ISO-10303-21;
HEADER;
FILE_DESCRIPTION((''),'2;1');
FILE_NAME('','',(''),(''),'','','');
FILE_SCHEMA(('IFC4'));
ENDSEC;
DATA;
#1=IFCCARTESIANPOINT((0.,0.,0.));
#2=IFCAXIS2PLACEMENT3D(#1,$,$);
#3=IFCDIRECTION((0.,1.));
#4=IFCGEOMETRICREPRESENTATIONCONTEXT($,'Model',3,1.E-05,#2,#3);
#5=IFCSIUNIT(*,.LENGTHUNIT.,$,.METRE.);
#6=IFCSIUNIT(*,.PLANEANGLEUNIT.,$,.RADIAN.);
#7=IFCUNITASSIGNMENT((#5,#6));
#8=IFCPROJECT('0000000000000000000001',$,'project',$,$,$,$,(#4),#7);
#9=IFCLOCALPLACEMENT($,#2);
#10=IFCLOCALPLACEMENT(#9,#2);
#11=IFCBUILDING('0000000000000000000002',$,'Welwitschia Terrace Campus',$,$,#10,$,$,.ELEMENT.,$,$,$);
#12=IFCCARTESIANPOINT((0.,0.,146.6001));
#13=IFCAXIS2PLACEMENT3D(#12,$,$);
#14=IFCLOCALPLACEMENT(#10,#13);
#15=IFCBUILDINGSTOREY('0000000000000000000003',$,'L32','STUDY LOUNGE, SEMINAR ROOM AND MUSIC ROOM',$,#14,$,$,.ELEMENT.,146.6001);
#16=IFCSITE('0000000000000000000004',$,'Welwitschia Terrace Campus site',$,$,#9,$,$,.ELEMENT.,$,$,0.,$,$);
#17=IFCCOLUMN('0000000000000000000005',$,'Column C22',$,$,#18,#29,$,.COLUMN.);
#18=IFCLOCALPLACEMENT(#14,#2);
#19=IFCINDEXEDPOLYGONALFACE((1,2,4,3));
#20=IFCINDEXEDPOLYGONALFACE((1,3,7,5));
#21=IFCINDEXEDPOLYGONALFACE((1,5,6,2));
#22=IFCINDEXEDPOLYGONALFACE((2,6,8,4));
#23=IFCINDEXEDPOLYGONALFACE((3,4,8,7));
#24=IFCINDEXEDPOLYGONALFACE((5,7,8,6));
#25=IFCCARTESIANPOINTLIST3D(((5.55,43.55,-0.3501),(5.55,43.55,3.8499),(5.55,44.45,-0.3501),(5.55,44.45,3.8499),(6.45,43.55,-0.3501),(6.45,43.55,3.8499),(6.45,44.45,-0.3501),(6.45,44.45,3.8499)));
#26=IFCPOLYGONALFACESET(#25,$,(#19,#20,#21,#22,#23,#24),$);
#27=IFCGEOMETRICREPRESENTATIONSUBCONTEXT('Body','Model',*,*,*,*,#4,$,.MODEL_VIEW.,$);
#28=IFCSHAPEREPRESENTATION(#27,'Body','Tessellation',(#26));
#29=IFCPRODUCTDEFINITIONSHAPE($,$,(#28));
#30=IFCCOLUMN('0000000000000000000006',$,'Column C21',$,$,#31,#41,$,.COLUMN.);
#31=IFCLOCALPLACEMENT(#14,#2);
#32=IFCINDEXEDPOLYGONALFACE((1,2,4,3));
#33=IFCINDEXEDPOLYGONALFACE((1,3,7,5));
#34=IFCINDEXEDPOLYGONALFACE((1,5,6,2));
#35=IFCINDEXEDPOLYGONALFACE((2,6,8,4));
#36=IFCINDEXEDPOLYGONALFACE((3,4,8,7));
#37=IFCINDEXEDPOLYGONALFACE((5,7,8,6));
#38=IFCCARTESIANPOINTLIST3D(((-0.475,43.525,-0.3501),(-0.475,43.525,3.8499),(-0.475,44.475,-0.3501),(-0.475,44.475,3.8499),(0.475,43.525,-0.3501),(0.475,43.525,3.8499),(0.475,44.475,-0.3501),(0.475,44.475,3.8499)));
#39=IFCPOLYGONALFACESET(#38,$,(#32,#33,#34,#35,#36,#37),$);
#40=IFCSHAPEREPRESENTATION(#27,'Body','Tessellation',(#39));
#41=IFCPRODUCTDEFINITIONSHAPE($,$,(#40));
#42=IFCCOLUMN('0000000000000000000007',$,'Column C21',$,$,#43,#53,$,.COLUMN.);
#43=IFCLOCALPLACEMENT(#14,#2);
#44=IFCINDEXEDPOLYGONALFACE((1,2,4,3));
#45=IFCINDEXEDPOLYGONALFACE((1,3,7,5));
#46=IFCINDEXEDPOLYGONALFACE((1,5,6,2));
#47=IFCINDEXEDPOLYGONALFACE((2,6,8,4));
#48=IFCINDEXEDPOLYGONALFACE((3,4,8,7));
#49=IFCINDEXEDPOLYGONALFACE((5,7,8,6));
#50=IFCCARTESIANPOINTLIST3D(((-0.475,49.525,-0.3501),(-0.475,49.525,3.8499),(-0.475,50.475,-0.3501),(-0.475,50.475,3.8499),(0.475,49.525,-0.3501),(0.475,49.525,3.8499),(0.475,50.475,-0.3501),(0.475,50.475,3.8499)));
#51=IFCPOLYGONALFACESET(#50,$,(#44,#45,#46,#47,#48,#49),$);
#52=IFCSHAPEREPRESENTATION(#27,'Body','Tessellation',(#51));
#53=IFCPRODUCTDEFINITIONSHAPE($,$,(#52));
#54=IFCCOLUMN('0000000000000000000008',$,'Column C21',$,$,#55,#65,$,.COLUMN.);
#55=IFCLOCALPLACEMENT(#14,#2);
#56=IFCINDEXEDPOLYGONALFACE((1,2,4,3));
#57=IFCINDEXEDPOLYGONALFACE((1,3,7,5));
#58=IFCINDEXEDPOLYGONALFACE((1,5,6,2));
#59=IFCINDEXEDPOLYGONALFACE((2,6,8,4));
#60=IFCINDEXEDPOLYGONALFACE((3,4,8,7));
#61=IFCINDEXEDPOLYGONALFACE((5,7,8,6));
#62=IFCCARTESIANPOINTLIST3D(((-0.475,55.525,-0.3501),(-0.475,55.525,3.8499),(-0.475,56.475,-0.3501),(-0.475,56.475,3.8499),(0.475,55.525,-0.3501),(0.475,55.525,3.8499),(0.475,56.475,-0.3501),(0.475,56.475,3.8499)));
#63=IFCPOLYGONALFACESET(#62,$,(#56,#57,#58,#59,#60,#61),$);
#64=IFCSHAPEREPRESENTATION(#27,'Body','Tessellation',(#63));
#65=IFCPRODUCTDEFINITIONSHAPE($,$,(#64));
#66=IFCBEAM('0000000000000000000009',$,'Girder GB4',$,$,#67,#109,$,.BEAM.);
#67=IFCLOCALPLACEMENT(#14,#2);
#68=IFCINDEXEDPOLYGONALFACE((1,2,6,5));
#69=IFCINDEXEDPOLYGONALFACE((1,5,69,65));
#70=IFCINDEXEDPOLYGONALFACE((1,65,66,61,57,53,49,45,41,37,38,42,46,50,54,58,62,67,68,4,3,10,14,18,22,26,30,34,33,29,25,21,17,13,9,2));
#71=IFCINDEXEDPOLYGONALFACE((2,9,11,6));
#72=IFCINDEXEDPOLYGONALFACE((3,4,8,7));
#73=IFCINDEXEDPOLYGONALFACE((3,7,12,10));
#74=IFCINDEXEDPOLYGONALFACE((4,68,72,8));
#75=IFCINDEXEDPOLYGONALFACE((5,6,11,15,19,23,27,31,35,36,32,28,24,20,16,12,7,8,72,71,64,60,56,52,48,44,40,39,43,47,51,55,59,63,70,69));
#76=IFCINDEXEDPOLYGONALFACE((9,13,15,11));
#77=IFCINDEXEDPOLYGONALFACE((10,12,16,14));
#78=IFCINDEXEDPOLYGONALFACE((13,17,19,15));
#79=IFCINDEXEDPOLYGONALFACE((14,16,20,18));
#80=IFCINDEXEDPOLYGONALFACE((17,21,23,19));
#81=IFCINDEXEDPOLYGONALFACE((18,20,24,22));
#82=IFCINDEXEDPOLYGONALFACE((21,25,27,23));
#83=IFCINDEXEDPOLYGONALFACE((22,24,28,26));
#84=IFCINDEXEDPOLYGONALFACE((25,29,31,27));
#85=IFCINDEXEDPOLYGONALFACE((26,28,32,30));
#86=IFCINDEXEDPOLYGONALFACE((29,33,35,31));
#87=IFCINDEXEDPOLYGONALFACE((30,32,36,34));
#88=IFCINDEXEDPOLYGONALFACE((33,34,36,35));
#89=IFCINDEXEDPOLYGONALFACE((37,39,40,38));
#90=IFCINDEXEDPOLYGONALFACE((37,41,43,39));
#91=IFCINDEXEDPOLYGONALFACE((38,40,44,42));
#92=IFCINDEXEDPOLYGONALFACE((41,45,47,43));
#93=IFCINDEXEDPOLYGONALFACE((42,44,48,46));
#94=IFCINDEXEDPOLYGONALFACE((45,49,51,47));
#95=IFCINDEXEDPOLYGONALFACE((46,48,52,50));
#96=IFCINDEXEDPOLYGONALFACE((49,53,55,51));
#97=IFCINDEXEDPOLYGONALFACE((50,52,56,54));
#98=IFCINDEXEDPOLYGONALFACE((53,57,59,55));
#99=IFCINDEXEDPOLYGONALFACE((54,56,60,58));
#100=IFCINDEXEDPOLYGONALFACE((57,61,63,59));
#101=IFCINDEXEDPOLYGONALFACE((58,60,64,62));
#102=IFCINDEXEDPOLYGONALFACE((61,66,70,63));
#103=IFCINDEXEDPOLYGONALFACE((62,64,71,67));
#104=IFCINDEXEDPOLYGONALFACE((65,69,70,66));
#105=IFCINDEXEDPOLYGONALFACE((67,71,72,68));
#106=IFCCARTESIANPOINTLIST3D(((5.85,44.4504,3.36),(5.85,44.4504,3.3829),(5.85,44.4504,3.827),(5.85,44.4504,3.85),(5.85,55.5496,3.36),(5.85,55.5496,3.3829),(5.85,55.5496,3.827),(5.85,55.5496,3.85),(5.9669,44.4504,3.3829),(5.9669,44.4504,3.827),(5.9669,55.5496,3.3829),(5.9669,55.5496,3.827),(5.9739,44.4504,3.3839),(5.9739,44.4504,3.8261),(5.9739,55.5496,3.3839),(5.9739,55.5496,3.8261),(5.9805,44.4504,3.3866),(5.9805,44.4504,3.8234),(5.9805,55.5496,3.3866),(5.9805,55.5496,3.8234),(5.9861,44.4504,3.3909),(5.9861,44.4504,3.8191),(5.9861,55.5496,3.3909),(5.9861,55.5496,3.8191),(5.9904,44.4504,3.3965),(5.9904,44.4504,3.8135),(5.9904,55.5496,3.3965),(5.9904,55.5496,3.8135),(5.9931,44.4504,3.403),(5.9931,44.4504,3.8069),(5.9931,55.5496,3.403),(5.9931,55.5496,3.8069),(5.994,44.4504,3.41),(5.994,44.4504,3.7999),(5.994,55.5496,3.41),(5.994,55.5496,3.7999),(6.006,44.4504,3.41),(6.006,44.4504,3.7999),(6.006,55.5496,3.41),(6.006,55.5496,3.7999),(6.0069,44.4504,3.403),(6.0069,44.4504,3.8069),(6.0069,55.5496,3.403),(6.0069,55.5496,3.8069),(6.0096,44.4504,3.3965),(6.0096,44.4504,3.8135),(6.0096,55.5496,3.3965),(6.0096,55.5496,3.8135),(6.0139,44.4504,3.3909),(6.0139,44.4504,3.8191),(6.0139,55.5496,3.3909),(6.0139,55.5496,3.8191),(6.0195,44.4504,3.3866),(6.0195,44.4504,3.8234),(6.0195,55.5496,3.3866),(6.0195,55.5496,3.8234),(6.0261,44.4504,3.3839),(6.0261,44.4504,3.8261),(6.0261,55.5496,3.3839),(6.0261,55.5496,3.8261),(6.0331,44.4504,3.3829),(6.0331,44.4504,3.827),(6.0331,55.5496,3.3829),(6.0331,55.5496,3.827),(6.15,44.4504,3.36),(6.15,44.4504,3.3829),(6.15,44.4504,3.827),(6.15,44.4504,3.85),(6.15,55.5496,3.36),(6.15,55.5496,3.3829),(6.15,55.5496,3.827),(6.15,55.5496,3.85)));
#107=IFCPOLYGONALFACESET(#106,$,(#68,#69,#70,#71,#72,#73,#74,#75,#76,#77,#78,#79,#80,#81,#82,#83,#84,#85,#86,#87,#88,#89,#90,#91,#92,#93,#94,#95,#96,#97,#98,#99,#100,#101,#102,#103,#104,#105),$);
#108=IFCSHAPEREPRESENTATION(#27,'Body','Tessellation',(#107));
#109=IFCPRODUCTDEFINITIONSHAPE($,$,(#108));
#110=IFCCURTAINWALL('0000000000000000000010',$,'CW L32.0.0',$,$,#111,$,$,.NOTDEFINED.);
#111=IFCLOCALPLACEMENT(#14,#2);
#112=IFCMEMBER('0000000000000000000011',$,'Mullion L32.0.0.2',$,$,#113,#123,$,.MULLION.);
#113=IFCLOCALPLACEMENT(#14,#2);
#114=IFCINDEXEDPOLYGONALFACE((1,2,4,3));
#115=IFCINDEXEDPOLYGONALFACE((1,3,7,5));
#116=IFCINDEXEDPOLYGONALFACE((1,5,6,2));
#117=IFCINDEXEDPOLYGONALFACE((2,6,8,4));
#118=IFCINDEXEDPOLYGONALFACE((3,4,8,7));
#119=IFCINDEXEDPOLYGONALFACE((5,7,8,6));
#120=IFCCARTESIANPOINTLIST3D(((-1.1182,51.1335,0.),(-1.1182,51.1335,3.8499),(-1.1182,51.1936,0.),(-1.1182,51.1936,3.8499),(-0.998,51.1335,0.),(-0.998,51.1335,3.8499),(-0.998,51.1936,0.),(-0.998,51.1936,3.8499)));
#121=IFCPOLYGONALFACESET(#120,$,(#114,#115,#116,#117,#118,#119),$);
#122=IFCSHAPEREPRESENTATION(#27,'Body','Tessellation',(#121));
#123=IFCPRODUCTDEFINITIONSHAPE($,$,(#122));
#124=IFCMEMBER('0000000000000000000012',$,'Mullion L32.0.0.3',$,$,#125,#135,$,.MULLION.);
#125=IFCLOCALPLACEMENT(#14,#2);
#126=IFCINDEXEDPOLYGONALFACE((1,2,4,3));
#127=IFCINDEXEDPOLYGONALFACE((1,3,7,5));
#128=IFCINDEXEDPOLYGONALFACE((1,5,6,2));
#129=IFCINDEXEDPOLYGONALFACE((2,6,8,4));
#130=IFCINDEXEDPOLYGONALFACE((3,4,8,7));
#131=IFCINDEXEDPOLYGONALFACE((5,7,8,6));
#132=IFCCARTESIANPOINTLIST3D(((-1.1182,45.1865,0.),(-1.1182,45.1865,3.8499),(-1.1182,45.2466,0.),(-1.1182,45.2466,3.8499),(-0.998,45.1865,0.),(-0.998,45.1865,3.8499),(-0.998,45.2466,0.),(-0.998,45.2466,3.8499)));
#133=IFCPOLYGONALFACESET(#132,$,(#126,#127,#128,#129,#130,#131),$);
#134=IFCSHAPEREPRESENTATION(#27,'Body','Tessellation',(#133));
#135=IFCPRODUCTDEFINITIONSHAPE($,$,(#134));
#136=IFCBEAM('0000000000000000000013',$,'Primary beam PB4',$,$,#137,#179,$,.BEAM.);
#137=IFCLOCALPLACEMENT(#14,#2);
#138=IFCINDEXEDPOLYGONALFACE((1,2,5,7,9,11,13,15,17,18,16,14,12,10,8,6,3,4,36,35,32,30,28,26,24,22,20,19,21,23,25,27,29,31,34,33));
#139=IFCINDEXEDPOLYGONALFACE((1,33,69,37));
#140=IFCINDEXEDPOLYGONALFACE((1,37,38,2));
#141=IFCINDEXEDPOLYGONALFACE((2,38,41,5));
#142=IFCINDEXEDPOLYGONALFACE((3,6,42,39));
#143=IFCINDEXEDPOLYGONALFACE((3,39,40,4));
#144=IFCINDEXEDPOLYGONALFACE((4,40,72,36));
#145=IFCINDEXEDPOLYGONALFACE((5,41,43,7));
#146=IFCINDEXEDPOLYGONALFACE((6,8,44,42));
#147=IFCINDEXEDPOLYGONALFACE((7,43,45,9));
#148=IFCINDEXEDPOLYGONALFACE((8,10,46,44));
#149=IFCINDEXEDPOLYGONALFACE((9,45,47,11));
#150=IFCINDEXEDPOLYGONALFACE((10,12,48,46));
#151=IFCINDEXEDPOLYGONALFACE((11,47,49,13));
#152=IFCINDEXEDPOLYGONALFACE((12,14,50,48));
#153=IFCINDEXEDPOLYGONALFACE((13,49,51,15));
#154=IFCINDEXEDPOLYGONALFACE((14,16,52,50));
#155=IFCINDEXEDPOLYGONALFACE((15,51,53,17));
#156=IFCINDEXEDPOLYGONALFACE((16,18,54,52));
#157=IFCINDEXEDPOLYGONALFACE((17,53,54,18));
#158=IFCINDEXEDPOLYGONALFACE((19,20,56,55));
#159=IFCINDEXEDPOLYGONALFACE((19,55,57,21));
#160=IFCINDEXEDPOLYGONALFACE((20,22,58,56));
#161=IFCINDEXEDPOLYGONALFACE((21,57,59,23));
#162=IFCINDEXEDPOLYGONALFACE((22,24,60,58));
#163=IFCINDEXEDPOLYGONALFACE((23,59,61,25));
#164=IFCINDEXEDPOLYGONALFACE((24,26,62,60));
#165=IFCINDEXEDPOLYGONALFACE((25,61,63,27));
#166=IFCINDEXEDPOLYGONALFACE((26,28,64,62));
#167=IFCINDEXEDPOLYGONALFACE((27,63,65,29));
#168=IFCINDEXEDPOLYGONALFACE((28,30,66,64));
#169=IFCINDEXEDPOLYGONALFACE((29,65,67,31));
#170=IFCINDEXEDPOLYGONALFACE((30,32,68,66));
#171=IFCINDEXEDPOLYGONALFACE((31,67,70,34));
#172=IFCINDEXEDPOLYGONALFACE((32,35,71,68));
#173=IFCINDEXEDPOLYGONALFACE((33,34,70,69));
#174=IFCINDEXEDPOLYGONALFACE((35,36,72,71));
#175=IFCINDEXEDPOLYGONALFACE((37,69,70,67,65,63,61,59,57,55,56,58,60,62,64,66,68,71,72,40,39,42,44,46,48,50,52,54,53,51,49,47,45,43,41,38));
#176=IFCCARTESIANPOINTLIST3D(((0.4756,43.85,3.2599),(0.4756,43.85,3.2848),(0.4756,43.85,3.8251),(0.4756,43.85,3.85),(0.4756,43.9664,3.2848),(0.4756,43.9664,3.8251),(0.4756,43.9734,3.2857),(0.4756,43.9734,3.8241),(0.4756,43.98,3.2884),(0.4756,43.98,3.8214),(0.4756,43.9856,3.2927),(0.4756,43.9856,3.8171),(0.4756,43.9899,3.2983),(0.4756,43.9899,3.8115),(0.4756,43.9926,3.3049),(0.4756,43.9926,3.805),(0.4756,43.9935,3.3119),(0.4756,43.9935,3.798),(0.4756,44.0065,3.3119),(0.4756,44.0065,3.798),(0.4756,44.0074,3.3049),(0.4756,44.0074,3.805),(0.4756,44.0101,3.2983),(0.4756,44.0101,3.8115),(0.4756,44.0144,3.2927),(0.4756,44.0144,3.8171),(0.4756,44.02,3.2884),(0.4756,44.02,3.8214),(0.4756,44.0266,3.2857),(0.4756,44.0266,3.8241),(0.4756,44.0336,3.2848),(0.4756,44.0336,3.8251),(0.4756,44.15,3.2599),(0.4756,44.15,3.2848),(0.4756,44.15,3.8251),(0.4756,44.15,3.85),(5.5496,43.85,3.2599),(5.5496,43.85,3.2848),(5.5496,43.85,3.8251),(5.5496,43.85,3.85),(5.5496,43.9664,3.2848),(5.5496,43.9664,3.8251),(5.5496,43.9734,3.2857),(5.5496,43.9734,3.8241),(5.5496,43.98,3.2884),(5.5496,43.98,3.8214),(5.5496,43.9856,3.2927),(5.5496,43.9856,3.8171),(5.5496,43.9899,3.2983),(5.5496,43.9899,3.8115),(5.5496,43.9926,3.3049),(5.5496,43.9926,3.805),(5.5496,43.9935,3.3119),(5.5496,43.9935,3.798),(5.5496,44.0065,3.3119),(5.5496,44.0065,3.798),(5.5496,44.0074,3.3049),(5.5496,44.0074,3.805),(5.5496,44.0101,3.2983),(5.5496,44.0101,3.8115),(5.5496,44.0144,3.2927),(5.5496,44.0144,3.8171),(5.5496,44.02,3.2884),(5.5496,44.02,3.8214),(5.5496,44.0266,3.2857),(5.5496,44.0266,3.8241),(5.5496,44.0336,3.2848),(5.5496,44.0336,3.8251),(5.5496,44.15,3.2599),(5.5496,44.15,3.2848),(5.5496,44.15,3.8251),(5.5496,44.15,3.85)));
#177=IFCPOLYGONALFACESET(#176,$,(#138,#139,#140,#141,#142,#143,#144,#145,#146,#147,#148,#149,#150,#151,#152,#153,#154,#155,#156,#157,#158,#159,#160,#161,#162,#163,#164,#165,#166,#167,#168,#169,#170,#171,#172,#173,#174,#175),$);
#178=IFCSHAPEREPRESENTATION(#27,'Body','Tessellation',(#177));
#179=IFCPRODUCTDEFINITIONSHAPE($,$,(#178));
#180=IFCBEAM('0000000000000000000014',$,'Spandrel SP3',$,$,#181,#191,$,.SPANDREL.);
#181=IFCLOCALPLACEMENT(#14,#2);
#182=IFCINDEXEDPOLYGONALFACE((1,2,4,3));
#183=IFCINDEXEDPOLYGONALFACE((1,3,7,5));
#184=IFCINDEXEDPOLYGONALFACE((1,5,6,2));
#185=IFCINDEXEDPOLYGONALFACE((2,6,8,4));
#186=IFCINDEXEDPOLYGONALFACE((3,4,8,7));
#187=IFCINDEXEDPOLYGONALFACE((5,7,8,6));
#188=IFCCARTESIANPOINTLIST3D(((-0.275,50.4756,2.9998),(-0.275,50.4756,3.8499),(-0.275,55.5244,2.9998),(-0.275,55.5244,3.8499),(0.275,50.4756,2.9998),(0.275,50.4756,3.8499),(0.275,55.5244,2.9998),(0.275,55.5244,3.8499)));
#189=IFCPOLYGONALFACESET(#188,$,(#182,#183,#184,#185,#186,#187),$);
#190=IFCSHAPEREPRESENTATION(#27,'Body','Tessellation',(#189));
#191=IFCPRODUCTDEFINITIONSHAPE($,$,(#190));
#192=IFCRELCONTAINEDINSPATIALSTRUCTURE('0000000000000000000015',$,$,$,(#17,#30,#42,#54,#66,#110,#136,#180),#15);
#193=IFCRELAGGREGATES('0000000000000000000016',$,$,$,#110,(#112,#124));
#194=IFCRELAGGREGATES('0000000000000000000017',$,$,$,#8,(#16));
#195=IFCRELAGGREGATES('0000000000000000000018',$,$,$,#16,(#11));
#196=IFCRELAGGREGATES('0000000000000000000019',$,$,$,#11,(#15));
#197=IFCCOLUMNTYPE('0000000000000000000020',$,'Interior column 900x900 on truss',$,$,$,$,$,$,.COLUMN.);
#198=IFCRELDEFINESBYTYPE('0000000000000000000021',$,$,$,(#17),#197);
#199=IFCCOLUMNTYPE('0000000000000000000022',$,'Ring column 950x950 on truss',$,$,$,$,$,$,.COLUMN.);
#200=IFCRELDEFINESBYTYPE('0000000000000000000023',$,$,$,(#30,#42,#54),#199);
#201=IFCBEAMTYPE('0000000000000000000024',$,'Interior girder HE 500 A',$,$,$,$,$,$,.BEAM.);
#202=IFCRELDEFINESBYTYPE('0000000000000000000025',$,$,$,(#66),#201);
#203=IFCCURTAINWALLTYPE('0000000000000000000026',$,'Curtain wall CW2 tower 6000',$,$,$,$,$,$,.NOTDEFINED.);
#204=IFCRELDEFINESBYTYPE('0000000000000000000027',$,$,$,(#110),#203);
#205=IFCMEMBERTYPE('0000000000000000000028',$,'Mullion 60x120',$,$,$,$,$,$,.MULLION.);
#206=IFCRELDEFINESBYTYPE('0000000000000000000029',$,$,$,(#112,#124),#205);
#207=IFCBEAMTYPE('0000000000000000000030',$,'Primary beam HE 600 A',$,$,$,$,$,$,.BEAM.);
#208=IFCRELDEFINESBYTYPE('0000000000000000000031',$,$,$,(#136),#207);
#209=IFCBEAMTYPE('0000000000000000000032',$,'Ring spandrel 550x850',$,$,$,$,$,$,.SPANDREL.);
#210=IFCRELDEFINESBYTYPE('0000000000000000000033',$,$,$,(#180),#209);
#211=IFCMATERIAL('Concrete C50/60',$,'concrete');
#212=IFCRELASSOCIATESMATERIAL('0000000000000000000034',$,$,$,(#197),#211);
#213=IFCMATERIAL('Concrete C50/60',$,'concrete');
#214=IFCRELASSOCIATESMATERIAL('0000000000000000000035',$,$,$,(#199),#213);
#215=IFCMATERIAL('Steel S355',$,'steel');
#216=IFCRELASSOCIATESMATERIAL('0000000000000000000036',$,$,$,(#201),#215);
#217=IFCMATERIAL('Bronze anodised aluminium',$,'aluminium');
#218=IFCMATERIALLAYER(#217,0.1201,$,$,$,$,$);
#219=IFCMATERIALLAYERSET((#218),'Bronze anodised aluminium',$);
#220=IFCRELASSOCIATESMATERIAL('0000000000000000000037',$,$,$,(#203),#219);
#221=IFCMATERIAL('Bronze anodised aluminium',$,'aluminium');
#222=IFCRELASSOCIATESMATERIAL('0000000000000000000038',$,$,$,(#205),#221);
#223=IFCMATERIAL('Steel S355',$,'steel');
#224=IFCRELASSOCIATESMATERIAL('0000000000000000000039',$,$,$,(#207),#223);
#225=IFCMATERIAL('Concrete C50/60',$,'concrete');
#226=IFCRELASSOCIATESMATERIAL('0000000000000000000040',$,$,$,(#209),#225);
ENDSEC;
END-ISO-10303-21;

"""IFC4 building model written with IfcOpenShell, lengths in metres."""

from ifc_helpers import new_model, si_unit, direction, frame, origin, origin_2d, place, context, subcontext, project, spatial, rectangle, i_section, extrude, material, layer, layer_set, material_profile, profile_set, type_object, element, aggregate, save


model = new_model("IFC4")

# Units and contexts
model_context = context("Model", 3, precision=1e-05, world=origin(), true_north=direction((0.0, 1.0)))
body_context = subcontext(model_context, "Body", "Model", "MODEL_VIEW")
ifc_project = project(units=[si_unit("LENGTHUNIT", "METRE"), si_unit("PLANEANGLEUNIT", "RADIAN")], contexts=[model_context])

# Site, building, storey
site_placement = place(None, origin())
site = spatial("IfcSite", under=ifc_project, at=site_placement, Name="Welwitschia Terrace Campus site", CompositionType="ELEMENT", RefElevation=0.0)
building_placement = place(site_placement, origin())
building = spatial("IfcBuilding", under=site, at=building_placement, Name="Welwitschia Terrace Campus", CompositionType="ELEMENT")
storey_placement = place(building_placement, frame((0.0, 0.0, 146.6001)))
storey = spatial("IfcBuildingStorey", under=building, at=storey_placement, Name="L32", Description="STUDY LOUNGE, SEMINAR ROOM AND MUSIC ROOM", CompositionType="ELEMENT", Elevation=146.6001)

# Columns
ifc_material_1 = material(Name="Concrete C50/60", Category="concrete")
ifc_material_profile_1 = material_profile(ifc_material_1, rectangle(XDim=0.8999, YDim=0.8999, at=origin_2d()))
ifc_profile_set_1 = profile_set([ifc_material_profile_1], Name="Concrete C50/60")
column_type_1 = type_object("IfcColumnType", Name="Interior column 900x900 on truss", PredefinedType="COLUMN", material=ifc_profile_set_1)
column_placement = place(storey_placement, frame((6.0, 44.0, -0.3501), z_axis=(0.0, 0.0, 1.0), x_axis=(1.0, 0.0, 0.0)))
element("IfcColumn", 1, at=column_placement, inside=storey, type_object=column_type_1, Name="Column C22", PredefinedType="COLUMN", context=body_context, shape_type="SweptSolid", body=[
    extrude(rectangle(XDim=0.8999, YDim=0.8999, at=origin_2d()), origin(), (0.0, 0.0, 1.0), 4.2),
])
ifc_material_2 = material(Name="Concrete C50/60", Category="concrete")
ifc_material_profile_2 = material_profile(ifc_material_2, rectangle(XDim=0.95, YDim=0.95, at=origin_2d()))
ifc_profile_set_2 = profile_set([ifc_material_profile_2], Name="Concrete C50/60")
column_type_2 = type_object("IfcColumnType", Name="Ring column 950x950 on truss", PredefinedType="COLUMN", material=ifc_profile_set_2)
for number, where, z_axis, x_axis, name in (
    (2, (0.0, 44.0, -0.3501), (0.0, 0.0, 1.0), (1.0, 0.0, 0.0), "Column C21"),
    (3, (0.0, 50.0, -0.3501), (0.0, 0.0, 1.0), (1.0, 0.0, 0.0), "Column C21"),
    (4, (0.0, 56.0, -0.3501), (0.0, 0.0, 1.0), (1.0, 0.0, 0.0), "Column C21"),
):
    element("IfcColumn", number, at=place(storey_placement, frame(where, z_axis=z_axis, x_axis=x_axis)), inside=storey, type_object=column_type_2, Name=name, PredefinedType="COLUMN", context=body_context, shape_type="SweptSolid", body=[
        extrude(rectangle(XDim=0.95, YDim=0.95, at=origin_2d()), origin(), (0.0, 0.0, 1.0), 4.2),
    ])

# Beam
ifc_material_3 = material(Name="Steel S355", Category="steel")
ifc_material_profile_3 = material_profile(ifc_material_3, i_section(OverallWidth=0.3, OverallDepth=0.49, WebThickness=0.012, FlangeThickness=0.0229, FilletRadius=0.0271, at=origin_2d()))
ifc_profile_set_3 = profile_set([ifc_material_profile_3], Name="Steel S355")
beam_type_1 = type_object("IfcBeamType", Name="Interior girder HE 500 A", PredefinedType="BEAM", material=ifc_profile_set_3)
beam_1_placement = place(storey_placement, frame((6.0, 44.4504, 3.605), z_axis=(0.0, 1.0, 0.0), x_axis=(-1.0, 0.0, 0.0)))
element("IfcBeam", 5, at=beam_1_placement, inside=storey, type_object=beam_type_1, Name="Girder GB4", PredefinedType="BEAM", context=body_context, shape_type="SweptSolid", body=[
    extrude(i_section(OverallWidth=0.3, OverallDepth=0.49, WebThickness=0.012, FlangeThickness=0.0229, FilletRadius=0.0271, at=origin_2d()), origin(), (0.0, 0.0, 1.0), 11.0991),
])

# Curtain wall, members
ifc_material_4 = material(Name="Bronze anodised aluminium", Category="aluminium")
ifc_layer_1 = layer(ifc_material_4, 0.1201)
ifc_layer_set_1 = layer_set([ifc_layer_1], Name="Bronze anodised aluminium")
curtain_wall_type = type_object("IfcCurtainWallType", Name="Curtain wall CW2 tower 6000", PredefinedType="NOTDEFINED", material=ifc_layer_set_1)
curtain_wall_placement = place(storey_placement, origin())
curtain_wall = element("IfcCurtainWall", 6, at=curtain_wall_placement, inside=storey, type_object=curtain_wall_type, Name="CW L32.0.0", PredefinedType="NOTDEFINED")
ifc_material_5 = material(Name="Bronze anodised aluminium", Category="aluminium")
ifc_material_profile_4 = material_profile(ifc_material_5, rectangle(XDim=0.1201, YDim=0.0601, at=origin_2d()))
ifc_profile_set_4 = profile_set([ifc_material_profile_4], Name="Bronze anodised aluminium")
member_type = type_object("IfcMemberType", Name="Mullion 60x120", PredefinedType="MULLION", material=ifc_profile_set_4)
member_1_placement = place(storey_placement, frame((-1.0581, 51.1636, 0.0), z_axis=(0.0, 0.0, 1.0), x_axis=(1.0, 0.0, 0.0)))
member_1 = element("IfcMember", 7, at=member_1_placement, type_object=member_type, Name="Mullion L32.0.0.2", PredefinedType="MULLION", context=body_context, shape_type="SweptSolid", body=[
    extrude(rectangle(XDim=0.1201, YDim=0.0601, at=origin_2d()), origin(), (0.0, 0.0, 1.0), 3.8499),
])
member_2_placement = place(storey_placement, frame((-1.0581, 45.2166, 0.0), z_axis=(0.0, 0.0, 1.0), x_axis=(1.0, 0.0, 0.0)))
member_2 = element("IfcMember", 8, at=member_2_placement, type_object=member_type, Name="Mullion L32.0.0.3", PredefinedType="MULLION", context=body_context, shape_type="SweptSolid", body=[
    extrude(rectangle(XDim=0.1201, YDim=0.0601, at=origin_2d()), origin(), (0.0, 0.0, 1.0), 3.8499),
])

# Beams
ifc_material_6 = material(Name="Steel S355", Category="steel")
ifc_material_profile_5 = material_profile(ifc_material_6, i_section(OverallWidth=0.3, OverallDepth=0.5901, WebThickness=0.0129, FlangeThickness=0.0249, FilletRadius=0.0271, at=origin_2d()))
ifc_profile_set_5 = profile_set([ifc_material_profile_5], Name="Steel S355")
beam_type_2 = type_object("IfcBeamType", Name="Primary beam HE 600 A", PredefinedType="BEAM", material=ifc_profile_set_5)
beam_2_placement = place(storey_placement, frame((0.4756, 44.0, 3.5549), z_axis=(1.0, 0.0, 0.0), x_axis=(0.0, 1.0, 0.0)))
element("IfcBeam", 9, at=beam_2_placement, inside=storey, type_object=beam_type_2, Name="Primary beam PB4", PredefinedType="BEAM", context=body_context, shape_type="SweptSolid", body=[
    extrude(i_section(OverallWidth=0.3, OverallDepth=0.5901, WebThickness=0.0129, FlangeThickness=0.0249, FilletRadius=0.0271, at=origin_2d()), origin(), (0.0, 0.0, 1.0), 5.074),
])
ifc_material_7 = material(Name="Concrete C50/60", Category="concrete")
ifc_material_profile_6 = material_profile(ifc_material_7, rectangle(XDim=0.55, YDim=0.8501, at=origin_2d()))
ifc_profile_set_6 = profile_set([ifc_material_profile_6], Name="Concrete C50/60")
beam_type_3 = type_object("IfcBeamType", Name="Ring spandrel 550x850", PredefinedType="SPANDREL", material=ifc_profile_set_6)
for number, where, z_axis, x_axis, name in (
    (10, (0.0, 55.5244, 3.4248), (0.0, -1.0, 0.0), (1.0, 0.0, 0.0), "Spandrel SP3"),
):
    element("IfcBeam", number, at=place(storey_placement, frame(where, z_axis=z_axis, x_axis=x_axis)), inside=storey, type_object=beam_type_3, Name=name, PredefinedType="SPANDREL", context=body_context, shape_type="SweptSolid", body=[
        extrude(rectangle(XDim=0.55, YDim=0.8501, at=origin_2d()), origin(), (0.0, 0.0, 1.0), 5.0488),
    ])

aggregate(curtain_wall, [member_1, member_2])

save(model, "model.ifc")
